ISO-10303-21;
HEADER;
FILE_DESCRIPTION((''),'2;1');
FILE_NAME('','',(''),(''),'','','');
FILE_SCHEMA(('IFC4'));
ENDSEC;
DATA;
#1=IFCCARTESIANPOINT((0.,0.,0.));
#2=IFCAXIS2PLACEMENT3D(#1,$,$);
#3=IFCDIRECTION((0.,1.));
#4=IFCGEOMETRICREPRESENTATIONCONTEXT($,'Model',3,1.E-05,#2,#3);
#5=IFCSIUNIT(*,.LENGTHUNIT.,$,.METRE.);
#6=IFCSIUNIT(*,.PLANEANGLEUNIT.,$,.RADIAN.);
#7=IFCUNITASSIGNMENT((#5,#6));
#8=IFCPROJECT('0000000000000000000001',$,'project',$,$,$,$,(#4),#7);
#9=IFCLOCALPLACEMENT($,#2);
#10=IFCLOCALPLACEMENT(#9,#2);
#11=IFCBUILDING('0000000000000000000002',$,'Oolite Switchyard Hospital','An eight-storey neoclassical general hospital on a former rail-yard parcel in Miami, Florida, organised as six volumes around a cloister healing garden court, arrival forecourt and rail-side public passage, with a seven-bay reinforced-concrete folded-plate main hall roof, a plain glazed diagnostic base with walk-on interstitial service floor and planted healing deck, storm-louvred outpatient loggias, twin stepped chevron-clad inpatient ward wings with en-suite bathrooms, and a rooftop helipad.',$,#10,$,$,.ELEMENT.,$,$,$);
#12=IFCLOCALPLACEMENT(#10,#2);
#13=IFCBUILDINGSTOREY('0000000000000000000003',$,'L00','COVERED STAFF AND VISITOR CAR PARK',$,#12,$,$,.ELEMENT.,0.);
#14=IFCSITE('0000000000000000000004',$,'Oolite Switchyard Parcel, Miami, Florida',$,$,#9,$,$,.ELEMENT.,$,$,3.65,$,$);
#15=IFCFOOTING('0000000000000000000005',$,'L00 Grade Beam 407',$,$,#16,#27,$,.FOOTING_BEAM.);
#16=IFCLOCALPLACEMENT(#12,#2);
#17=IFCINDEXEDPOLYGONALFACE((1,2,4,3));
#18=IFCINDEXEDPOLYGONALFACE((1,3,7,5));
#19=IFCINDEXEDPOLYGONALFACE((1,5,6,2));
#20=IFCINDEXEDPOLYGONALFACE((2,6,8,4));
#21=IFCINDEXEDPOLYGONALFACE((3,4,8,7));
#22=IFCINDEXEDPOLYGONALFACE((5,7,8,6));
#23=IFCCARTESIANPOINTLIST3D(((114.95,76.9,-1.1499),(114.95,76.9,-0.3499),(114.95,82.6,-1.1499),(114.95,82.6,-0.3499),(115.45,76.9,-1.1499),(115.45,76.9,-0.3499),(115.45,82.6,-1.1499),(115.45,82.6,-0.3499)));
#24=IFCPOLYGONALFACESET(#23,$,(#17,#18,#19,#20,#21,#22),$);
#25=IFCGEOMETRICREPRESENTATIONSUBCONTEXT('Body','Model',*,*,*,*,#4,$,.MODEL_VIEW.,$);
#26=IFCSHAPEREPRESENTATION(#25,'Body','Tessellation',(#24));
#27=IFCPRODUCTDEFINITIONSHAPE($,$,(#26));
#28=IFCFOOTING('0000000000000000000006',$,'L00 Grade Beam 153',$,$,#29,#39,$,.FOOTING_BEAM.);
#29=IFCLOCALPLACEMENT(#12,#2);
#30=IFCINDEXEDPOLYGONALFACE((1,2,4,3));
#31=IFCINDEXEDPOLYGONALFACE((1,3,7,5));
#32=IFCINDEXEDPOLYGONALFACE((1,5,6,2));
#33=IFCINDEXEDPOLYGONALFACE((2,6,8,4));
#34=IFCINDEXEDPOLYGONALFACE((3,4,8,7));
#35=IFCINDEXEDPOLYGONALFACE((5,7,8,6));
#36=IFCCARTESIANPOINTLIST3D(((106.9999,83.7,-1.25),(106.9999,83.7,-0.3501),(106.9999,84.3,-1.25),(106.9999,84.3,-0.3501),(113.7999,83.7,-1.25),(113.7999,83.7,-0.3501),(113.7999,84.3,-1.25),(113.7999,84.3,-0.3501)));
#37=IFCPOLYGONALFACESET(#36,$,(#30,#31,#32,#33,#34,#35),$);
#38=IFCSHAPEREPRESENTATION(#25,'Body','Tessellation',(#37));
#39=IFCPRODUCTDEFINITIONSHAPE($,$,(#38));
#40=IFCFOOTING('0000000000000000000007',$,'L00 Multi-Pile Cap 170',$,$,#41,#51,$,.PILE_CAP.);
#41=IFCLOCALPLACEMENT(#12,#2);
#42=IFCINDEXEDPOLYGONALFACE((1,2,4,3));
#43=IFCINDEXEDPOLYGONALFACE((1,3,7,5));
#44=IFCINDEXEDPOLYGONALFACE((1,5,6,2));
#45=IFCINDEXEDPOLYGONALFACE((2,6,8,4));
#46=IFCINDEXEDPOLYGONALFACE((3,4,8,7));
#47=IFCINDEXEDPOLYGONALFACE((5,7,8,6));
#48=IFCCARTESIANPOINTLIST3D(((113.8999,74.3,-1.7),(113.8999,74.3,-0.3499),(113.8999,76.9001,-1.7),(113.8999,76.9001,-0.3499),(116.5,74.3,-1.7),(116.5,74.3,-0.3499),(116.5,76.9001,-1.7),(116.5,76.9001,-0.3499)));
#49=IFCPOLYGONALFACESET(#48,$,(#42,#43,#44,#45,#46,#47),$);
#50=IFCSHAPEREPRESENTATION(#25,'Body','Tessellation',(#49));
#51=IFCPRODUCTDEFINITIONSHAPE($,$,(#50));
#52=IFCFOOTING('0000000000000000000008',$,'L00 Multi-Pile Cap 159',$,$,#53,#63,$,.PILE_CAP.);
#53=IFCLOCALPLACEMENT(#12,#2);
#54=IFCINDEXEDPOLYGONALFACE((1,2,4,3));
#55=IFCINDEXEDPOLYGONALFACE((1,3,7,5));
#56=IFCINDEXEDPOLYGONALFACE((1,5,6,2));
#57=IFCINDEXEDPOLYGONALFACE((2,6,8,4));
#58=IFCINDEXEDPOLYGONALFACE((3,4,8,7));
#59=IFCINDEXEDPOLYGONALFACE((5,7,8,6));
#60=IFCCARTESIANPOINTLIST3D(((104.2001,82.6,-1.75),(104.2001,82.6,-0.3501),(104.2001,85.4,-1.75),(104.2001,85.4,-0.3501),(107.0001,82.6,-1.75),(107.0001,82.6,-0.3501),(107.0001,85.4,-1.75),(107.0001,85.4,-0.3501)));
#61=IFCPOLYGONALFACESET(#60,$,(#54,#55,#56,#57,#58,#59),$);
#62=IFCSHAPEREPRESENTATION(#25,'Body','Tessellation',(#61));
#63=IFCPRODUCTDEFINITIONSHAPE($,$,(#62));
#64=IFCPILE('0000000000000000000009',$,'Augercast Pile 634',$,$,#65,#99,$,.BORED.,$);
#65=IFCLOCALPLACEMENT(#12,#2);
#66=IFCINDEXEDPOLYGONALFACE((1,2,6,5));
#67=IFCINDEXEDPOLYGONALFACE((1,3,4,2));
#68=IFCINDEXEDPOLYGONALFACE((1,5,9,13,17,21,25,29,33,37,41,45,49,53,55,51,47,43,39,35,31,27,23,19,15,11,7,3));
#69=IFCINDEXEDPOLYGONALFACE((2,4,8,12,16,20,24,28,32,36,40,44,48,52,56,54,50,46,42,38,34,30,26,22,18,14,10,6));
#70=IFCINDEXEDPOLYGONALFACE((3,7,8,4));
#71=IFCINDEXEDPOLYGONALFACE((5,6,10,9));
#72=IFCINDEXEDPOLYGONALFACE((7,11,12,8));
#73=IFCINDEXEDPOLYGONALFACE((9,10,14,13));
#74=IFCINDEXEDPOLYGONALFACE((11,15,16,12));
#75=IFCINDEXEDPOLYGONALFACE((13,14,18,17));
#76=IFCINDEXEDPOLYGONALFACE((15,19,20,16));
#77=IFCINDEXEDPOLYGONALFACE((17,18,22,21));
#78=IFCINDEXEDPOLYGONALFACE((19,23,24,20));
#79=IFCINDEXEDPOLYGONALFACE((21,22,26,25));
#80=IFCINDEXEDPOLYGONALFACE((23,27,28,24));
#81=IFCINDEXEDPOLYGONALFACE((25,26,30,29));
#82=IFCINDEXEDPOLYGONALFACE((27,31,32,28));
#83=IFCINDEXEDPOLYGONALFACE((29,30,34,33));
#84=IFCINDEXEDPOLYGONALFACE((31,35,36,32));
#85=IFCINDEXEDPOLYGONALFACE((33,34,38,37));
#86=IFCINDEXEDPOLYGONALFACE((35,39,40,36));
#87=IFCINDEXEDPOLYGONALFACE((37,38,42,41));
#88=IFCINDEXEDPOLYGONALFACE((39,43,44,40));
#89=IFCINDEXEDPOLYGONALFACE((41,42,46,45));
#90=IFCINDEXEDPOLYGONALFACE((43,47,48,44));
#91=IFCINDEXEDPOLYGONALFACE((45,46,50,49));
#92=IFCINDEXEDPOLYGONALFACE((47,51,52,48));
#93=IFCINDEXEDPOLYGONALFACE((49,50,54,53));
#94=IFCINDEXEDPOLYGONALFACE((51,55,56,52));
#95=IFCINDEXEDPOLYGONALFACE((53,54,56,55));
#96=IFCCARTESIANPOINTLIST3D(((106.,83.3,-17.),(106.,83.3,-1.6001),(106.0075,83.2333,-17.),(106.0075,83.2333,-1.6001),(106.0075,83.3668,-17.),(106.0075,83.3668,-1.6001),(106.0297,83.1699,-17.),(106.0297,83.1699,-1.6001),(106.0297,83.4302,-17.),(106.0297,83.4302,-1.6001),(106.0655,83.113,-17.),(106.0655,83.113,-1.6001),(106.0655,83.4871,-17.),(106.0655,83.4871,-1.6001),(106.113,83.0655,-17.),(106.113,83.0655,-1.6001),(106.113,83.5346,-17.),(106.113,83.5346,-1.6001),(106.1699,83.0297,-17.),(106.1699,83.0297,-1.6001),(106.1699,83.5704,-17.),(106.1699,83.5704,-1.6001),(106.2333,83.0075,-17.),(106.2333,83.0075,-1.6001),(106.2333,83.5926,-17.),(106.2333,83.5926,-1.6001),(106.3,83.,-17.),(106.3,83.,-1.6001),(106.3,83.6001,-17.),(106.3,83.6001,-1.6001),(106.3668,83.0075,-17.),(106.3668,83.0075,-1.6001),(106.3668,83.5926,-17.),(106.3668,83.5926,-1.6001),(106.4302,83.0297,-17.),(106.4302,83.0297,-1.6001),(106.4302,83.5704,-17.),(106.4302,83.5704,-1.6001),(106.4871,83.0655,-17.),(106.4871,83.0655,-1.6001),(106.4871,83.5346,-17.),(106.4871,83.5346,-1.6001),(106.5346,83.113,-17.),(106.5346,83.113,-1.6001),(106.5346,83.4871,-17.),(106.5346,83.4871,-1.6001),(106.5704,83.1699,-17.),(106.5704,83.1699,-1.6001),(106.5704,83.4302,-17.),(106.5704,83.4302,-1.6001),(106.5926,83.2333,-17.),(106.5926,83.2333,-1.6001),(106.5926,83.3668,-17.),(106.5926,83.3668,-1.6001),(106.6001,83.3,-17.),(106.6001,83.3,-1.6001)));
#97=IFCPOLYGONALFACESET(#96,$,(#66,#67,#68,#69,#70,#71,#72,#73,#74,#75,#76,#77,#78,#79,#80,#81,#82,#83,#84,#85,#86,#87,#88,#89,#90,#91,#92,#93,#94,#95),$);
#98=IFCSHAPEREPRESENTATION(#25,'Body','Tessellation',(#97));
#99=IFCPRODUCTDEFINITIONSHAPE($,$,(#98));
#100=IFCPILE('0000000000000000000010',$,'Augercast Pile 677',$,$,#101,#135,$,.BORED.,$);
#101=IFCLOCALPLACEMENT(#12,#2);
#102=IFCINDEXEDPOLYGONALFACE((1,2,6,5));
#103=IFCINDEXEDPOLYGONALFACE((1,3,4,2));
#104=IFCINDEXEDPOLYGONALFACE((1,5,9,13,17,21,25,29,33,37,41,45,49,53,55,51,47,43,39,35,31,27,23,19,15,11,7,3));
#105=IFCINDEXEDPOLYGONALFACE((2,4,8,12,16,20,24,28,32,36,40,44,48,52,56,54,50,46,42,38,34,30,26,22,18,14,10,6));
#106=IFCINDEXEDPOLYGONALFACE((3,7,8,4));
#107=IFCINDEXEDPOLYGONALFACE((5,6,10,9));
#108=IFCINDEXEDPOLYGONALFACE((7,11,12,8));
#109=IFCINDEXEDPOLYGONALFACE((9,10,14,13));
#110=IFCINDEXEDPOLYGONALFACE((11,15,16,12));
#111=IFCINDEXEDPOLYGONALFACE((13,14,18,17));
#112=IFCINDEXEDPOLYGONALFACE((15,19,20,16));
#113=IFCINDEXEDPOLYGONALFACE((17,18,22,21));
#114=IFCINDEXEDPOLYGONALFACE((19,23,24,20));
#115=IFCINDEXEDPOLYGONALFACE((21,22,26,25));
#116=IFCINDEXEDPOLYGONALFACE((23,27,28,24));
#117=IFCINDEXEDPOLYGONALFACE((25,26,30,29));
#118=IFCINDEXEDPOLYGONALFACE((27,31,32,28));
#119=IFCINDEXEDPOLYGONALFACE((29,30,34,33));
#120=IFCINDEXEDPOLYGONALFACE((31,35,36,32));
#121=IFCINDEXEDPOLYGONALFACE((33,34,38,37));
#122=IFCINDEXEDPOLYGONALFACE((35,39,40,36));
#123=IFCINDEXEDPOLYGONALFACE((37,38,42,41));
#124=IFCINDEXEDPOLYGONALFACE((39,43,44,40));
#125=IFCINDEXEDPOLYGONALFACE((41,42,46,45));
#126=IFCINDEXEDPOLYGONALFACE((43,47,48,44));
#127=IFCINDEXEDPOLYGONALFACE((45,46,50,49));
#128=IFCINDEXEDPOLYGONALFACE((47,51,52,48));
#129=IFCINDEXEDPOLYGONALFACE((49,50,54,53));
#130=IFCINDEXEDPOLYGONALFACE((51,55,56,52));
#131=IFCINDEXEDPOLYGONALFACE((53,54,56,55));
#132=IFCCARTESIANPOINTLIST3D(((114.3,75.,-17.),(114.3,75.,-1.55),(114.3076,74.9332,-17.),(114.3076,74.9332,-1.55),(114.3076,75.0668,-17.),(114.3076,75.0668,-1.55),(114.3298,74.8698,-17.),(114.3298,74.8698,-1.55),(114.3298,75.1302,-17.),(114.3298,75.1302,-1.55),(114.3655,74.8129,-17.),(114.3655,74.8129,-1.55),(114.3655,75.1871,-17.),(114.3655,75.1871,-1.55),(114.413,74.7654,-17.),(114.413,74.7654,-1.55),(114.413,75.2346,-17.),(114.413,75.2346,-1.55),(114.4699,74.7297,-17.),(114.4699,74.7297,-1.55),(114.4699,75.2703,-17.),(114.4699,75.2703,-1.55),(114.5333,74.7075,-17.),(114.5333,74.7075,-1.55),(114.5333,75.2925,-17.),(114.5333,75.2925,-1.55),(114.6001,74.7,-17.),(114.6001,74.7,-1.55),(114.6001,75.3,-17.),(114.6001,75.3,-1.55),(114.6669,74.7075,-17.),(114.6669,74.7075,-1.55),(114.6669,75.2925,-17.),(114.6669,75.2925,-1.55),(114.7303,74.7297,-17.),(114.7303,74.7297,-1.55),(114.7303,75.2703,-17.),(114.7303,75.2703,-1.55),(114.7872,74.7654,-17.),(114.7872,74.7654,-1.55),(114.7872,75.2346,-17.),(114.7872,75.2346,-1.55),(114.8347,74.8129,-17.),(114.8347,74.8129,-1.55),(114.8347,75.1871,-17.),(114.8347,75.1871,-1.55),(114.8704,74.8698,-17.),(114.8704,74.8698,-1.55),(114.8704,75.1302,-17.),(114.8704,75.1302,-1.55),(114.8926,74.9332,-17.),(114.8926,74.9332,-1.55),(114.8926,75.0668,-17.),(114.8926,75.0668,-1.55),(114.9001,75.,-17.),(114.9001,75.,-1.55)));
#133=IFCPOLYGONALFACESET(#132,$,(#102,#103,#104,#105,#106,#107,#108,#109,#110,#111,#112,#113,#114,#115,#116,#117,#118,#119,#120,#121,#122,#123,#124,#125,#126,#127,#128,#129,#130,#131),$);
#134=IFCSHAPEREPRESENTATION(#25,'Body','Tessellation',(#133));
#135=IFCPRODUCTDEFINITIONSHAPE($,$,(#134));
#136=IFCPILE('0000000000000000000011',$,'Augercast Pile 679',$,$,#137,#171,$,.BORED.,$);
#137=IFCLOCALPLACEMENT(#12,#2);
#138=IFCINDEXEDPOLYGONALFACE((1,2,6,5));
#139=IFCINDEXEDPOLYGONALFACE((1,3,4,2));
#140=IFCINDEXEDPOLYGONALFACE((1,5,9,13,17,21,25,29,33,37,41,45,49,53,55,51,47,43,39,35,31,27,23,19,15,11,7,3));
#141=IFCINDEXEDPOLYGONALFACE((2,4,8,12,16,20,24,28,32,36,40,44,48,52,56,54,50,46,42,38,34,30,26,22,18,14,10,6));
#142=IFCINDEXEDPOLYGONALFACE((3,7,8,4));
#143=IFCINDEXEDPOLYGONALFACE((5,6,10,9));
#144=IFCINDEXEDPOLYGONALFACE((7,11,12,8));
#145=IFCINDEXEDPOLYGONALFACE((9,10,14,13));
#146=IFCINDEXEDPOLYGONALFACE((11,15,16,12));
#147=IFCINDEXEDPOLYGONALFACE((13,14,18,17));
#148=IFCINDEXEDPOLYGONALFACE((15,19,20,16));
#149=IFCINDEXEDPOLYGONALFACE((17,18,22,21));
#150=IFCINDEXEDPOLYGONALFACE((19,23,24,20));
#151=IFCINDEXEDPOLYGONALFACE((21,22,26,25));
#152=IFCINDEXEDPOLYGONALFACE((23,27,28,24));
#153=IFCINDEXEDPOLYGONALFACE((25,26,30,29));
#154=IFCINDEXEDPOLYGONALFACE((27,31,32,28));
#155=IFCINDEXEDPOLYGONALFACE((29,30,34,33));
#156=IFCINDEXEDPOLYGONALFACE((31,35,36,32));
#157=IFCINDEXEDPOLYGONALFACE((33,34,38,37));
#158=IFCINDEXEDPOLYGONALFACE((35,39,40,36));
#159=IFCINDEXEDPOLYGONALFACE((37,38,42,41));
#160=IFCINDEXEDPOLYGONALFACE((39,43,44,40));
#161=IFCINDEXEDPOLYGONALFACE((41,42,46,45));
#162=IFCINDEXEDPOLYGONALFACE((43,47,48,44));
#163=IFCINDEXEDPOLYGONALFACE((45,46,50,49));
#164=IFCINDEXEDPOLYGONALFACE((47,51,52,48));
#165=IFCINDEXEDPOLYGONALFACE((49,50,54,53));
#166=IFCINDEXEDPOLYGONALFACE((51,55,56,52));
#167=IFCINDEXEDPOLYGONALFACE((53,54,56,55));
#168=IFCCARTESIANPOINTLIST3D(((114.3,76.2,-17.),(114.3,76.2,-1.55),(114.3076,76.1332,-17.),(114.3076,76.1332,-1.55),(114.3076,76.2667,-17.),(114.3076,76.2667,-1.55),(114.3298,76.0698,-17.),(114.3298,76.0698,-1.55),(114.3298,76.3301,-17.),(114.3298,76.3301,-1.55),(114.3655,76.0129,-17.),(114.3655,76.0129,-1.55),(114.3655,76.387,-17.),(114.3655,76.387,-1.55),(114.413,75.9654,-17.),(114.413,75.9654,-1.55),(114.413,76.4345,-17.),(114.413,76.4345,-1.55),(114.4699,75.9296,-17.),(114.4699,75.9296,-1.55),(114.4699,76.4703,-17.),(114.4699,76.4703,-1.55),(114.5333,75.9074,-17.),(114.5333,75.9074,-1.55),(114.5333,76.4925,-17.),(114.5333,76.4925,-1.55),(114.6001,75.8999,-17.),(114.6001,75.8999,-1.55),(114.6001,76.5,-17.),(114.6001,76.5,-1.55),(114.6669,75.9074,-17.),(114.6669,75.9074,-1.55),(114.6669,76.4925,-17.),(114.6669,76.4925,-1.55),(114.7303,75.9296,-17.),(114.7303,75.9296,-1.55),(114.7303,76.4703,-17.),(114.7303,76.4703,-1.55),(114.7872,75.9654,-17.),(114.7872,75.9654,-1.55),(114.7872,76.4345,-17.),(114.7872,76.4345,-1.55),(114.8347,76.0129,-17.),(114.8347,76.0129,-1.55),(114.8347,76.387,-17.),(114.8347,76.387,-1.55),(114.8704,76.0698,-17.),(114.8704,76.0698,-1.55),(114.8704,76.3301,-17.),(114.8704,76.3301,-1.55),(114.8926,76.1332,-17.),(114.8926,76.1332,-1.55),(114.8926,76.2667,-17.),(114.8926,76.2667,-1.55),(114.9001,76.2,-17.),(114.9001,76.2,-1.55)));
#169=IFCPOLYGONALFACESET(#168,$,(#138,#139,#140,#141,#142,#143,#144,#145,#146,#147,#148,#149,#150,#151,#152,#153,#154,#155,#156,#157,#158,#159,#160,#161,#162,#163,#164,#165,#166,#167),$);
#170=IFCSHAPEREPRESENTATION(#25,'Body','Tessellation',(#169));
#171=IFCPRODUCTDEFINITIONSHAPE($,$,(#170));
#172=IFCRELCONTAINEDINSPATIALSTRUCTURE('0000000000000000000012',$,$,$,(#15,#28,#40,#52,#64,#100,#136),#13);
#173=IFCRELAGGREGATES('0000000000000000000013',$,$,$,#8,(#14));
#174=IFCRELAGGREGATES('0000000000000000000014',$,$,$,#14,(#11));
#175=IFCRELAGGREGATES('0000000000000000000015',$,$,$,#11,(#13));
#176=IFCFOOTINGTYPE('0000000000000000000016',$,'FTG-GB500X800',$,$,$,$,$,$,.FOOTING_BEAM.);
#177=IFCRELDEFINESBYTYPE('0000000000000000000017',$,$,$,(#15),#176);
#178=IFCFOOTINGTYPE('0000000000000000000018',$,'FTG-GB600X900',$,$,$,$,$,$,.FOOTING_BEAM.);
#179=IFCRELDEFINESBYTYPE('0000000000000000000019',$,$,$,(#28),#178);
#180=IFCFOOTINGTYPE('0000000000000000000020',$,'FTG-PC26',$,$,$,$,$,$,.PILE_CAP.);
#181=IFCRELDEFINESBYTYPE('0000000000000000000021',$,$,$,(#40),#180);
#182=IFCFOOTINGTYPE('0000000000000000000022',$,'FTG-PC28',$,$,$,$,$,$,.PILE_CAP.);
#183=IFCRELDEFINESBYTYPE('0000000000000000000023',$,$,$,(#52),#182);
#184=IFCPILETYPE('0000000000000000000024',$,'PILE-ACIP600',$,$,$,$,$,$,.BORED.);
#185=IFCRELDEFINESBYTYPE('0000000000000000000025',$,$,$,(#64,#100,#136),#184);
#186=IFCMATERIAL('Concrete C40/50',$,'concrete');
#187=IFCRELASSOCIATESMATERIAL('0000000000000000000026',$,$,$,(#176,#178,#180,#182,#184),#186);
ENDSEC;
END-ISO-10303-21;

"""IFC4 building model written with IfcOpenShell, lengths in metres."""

from ifc_helpers import new_model, si_unit, direction, frame, origin, origin_2d, place, context, subcontext, project, spatial, rectangle, circle, extrude, material, material_profile, profile_set, type_object, element, save


model = new_model("IFC4")

# Units and contexts
model_context = context("Model", 3, precision=1e-05, world=origin(), true_north=direction((0.0, 1.0)))
body_context = subcontext(model_context, "Body", "Model", "MODEL_VIEW")
ifc_project = project(units=[si_unit("LENGTHUNIT", "METRE"), si_unit("PLANEANGLEUNIT", "RADIAN")], contexts=[model_context])

# Site, building, storey
site_placement = place(None, origin())
site = spatial("IfcSite", under=ifc_project, at=site_placement, Name="Oolite Switchyard Parcel, Miami, Florida", CompositionType="ELEMENT", RefElevation=3.65)
building_placement = place(site_placement, origin())
building = spatial("IfcBuilding", under=site, at=building_placement, Name="Oolite Switchyard Hospital", Description="An eight-storey neoclassical general hospital on a former rail-yard parcel in Miami, Florida, organised as six volumes around a cloister healing garden court, arrival forecourt and rail-side public passage, with a seven-bay reinforced-concrete folded-plate main hall roof, a plain glazed diagnostic base with walk-on interstitial service floor and planted healing deck, storm-louvred outpatient loggias, twin stepped chevron-clad inpatient ward wings with en-suite bathrooms, and a rooftop helipad.", CompositionType="ELEMENT")
storey_placement = place(building_placement, origin())
storey = spatial("IfcBuildingStorey", under=building, at=storey_placement, Name="L00", Description="COVERED STAFF AND VISITOR CAR PARK", CompositionType="ELEMENT", Elevation=0.0)

# Footings
ifc_material_1 = material(Name="Concrete C40/50", Category="concrete")
footing_type_1 = type_object("IfcFootingType", Name="FTG-GB500X800", PredefinedType="FOOTING_BEAM", material=ifc_material_1)
footing_1_placement = place(storey_placement, frame((115.2, 79.75, -1.1499), z_axis=(0.0, 0.0, 1.0), x_axis=(0.0, 1.0, 0.0)))
element("IfcFooting", 1, at=footing_1_placement, inside=storey, type_object=footing_type_1, Name="L00 Grade Beam 407", PredefinedType="FOOTING_BEAM", context=body_context, shape_type="SweptSolid", body=[
    extrude(rectangle(XDim=5.7, YDim=0.5, at=origin_2d()), origin(), (0.0, 0.0, 1.0), 0.8),
])
footing_type_2 = type_object("IfcFootingType", Name="FTG-GB600X900", PredefinedType="FOOTING_BEAM", material=ifc_material_1)
footing_2_placement = place(storey_placement, frame((110.3999, 84.0, -1.25), z_axis=(0.0, 0.0, 1.0), x_axis=(1.0, 0.0, 0.0)))
element("IfcFooting", 2, at=footing_2_placement, inside=storey, type_object=footing_type_2, Name="L00 Grade Beam 153", PredefinedType="FOOTING_BEAM", context=body_context, shape_type="SweptSolid", body=[
    extrude(rectangle(XDim=6.8, YDim=0.6001, at=origin_2d()), origin(), (0.0, 0.0, 1.0), 0.8999),
])
footing_type_3 = type_object("IfcFootingType", Name="FTG-PC26", PredefinedType="PILE_CAP", material=ifc_material_1)
footing_3_placement = place(storey_placement, frame((115.2, 75.6001, -1.7), z_axis=(0.0, 0.0, 1.0), x_axis=(1.0, 0.0, 0.0)))
element("IfcFooting", 3, at=footing_3_placement, inside=storey, type_object=footing_type_3, Name="L00 Multi-Pile Cap 170", PredefinedType="PILE_CAP", context=body_context, shape_type="SweptSolid", body=[
    extrude(rectangle(XDim=2.6001, YDim=2.6001, at=origin_2d()), origin(), (0.0, 0.0, 1.0), 1.3501),
])
footing_type_4 = type_object("IfcFootingType", Name="FTG-PC28", PredefinedType="PILE_CAP", material=ifc_material_1)
footing_4_placement = place(storey_placement, frame((105.6001, 84.0, -1.75), z_axis=(0.0, 0.0, 1.0), x_axis=(1.0, 0.0, 0.0)))
element("IfcFooting", 4, at=footing_4_placement, inside=storey, type_object=footing_type_4, Name="L00 Multi-Pile Cap 159", PredefinedType="PILE_CAP", context=body_context, shape_type="SweptSolid", body=[
    extrude(rectangle(XDim=2.8, YDim=2.8, at=origin_2d()), origin(), (0.0, 0.0, 1.0), 1.3999),
])

# Piles
ifc_material_profile_1 = material_profile(ifc_material_1, circle(Radius=0.3, at=origin_2d()), Name="PILE600")
ifc_profile_set_1 = profile_set([ifc_material_profile_1], Name="Concrete C40/50")
pile_type = type_object("IfcPileType", Name="PILE-ACIP600", PredefinedType="BORED", material=ifc_profile_set_1)
pile_1_placement = place(storey_placement, frame((106.3, 83.3, -1.6001), z_axis=(0.0, 0.0, -1.0), x_axis=(1.0, 0.0, 0.0)))
element("IfcPile", 5, at=pile_1_placement, inside=storey, type_object=pile_type, Name="Augercast Pile 634", PredefinedType="BORED", context=body_context, shape_type="SweptSolid", body=[
    extrude(circle(Radius=0.3, at=origin_2d()), origin(), (0.0, 0.0, 1.0), 15.3999),
])
for number, where, z_axis, x_axis, name in (
    (6, (114.6001, 75.0, -1.55), (0.0, 0.0, -1.0), (1.0, 0.0, 0.0), "Augercast Pile 677"),
    (7, (114.6001, 76.2, -1.55), (0.0, 0.0, -1.0), (1.0, 0.0, 0.0), "Augercast Pile 679"),
):
    element("IfcPile", number, at=place(storey_placement, frame(where, z_axis=z_axis, x_axis=x_axis)), inside=storey, type_object=pile_type, Name=name, PredefinedType="BORED", context=body_context, shape_type="SweptSolid", body=[
        extrude(circle(Radius=0.3, at=origin_2d()), origin(), (0.0, 0.0, 1.0), 15.45),
    ])

save(model, "model.ifc")
